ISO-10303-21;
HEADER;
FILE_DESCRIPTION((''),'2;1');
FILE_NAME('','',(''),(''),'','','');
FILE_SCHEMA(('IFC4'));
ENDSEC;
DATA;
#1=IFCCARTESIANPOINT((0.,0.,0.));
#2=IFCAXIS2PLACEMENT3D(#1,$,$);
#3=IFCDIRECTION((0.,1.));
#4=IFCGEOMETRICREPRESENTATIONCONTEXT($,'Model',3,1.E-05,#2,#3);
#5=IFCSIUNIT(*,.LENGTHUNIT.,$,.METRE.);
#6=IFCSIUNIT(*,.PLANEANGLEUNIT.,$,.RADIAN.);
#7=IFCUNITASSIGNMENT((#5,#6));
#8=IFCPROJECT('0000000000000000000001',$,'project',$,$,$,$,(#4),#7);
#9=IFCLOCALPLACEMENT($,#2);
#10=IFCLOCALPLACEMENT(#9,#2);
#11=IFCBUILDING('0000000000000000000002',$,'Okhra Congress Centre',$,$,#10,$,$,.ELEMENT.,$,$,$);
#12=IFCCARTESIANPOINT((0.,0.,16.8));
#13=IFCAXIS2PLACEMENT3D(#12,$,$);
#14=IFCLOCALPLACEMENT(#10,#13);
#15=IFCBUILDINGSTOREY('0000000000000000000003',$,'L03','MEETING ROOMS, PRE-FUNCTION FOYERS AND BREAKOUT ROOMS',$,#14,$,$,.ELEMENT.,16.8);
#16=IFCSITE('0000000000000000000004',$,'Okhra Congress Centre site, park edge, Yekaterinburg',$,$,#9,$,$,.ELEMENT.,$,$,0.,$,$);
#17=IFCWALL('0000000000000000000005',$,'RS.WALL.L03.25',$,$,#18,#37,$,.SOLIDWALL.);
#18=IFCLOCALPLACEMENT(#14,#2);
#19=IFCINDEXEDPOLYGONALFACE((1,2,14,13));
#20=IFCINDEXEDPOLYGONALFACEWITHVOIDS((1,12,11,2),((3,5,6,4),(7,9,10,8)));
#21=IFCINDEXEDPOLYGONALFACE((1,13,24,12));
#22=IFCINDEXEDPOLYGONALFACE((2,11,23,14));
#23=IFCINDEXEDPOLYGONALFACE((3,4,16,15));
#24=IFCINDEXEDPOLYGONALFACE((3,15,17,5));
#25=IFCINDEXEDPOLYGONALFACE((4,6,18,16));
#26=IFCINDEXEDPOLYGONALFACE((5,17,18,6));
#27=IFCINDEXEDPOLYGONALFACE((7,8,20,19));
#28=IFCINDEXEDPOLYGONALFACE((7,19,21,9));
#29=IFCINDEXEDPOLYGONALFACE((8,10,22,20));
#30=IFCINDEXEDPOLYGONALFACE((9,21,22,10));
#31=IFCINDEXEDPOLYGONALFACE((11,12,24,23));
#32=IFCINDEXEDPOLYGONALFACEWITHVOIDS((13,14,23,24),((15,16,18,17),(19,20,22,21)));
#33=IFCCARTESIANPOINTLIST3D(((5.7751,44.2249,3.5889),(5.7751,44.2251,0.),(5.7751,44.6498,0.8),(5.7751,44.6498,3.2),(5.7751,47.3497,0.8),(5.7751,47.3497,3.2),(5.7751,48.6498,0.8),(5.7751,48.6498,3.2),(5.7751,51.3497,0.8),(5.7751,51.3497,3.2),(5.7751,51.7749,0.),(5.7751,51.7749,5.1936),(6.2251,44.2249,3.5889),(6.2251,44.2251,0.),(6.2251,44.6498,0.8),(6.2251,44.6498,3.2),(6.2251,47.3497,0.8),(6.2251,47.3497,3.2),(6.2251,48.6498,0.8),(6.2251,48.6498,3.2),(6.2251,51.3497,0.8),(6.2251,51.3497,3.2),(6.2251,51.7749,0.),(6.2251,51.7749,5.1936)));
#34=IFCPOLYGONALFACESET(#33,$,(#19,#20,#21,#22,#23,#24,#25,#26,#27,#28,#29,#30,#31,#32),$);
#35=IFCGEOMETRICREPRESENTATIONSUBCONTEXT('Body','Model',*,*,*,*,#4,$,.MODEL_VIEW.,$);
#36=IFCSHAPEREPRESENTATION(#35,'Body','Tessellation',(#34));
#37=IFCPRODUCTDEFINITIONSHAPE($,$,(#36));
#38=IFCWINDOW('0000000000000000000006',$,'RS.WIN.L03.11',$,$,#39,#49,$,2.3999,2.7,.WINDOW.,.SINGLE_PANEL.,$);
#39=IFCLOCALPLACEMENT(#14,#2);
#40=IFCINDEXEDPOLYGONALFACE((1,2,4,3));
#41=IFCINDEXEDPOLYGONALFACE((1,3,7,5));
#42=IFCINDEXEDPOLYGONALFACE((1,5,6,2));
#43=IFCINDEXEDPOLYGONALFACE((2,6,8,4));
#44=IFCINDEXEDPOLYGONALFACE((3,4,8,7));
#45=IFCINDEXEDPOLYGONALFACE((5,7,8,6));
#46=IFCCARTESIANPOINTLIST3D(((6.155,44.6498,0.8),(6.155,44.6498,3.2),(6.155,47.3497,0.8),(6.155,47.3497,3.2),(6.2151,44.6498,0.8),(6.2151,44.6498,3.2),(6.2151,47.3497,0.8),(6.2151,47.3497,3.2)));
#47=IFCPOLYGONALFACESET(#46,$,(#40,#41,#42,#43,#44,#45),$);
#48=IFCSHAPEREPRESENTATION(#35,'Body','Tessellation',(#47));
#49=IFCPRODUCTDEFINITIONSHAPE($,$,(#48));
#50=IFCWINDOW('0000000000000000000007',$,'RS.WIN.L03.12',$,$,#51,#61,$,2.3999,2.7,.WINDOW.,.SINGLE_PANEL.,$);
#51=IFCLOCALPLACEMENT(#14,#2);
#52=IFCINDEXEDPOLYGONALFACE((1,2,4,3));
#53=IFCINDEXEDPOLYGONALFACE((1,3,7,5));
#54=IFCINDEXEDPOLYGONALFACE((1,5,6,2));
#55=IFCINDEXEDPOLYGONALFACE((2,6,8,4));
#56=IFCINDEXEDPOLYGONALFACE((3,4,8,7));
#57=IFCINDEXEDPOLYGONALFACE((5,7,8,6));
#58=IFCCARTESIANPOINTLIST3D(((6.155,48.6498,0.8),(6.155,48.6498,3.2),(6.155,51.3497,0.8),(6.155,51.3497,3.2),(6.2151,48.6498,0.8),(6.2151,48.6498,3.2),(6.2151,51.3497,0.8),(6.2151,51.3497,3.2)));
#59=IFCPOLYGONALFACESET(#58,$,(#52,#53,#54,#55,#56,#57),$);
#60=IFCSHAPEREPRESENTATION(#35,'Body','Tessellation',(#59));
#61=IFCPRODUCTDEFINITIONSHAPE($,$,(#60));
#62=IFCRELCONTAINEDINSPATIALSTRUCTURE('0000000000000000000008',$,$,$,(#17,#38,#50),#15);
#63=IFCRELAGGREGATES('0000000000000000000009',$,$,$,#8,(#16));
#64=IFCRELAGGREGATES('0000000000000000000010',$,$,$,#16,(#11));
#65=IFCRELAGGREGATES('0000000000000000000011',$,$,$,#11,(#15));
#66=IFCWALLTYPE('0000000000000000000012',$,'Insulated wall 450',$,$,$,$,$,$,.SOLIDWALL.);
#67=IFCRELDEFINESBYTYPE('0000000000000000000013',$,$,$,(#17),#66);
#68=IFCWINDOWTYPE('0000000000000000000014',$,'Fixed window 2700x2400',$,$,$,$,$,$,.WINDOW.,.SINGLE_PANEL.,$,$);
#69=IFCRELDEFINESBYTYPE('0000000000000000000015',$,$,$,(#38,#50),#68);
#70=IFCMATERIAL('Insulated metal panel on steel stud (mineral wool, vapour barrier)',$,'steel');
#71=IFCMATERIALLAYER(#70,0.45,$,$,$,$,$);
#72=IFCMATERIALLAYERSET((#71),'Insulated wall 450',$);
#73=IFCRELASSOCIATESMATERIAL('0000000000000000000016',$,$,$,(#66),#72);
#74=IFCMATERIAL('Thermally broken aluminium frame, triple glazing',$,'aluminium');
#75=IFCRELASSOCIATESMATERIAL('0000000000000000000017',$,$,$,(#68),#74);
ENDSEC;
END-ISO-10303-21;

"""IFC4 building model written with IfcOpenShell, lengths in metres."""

from ifc_helpers import new_model, si_unit, direction, frame, frame_2d, origin, place, context, subcontext, project, spatial, polyline, rectangle, outline, extrude, material, layer, layer_set, type_object, element, fill, save


model = new_model("IFC4")

# Units and contexts
model_context = context("Model", 3, precision=1e-05, world=origin(), true_north=direction((0.0, 1.0)))
body_context = subcontext(model_context, "Body", "Model", "MODEL_VIEW")
ifc_project = project(units=[si_unit("LENGTHUNIT", "METRE"), si_unit("PLANEANGLEUNIT", "RADIAN")], contexts=[model_context])

# Site, building, storey
site_placement = place(None, origin())
site = spatial("IfcSite", under=ifc_project, at=site_placement, Name="Okhra Congress Centre site, park edge, Yekaterinburg", CompositionType="ELEMENT", RefElevation=0.0)
building_placement = place(site_placement, origin())
building = spatial("IfcBuilding", under=site, at=building_placement, Name="Okhra Congress Centre", CompositionType="ELEMENT")
storey_placement = place(building_placement, frame((0.0, 0.0, 16.8)))
storey = spatial("IfcBuildingStorey", under=building, at=storey_placement, Name="L03", Description="MEETING ROOMS, PRE-FUNCTION FOYERS AND BREAKOUT ROOMS", CompositionType="ELEMENT", Elevation=16.8)

# Wall, openings, windows
ifc_material_1 = material(Name="Insulated metal panel on steel stud (mineral wool, vapour barrier)", Category="steel")
ifc_layer_1 = layer(ifc_material_1, 0.45)
ifc_layer_set_1 = layer_set([ifc_layer_1], Name="Insulated wall 450")
wall_type = type_object("IfcWallType", Name="Insulated wall 450", PredefinedType="SOLIDWALL", material=ifc_layer_set_1)
wall_placement = place(storey_placement, frame((6.0, 51.7749, 0.0), z_axis=(0.0, 0.0, 1.0), x_axis=(0.0, -1.0, 0.0)))
wall = element("IfcWall", 1, at=wall_placement, inside=storey, type_object=wall_type, Name="RS.WALL.L03.25", PredefinedType="SOLIDWALL", context=body_context, shape_type="SweptSolid", body=[
    extrude(outline(polyline([(0.0, 0.0), (7.5498, 0.0), (7.55, 3.5889), (0.0, 5.1936), (0.0, 0.0)])), frame((0.0, 0.2251, 0.0), z_axis=(0.0, -1.0, 0.0), x_axis=(1.0, 0.0, 0.0)), (0.0, 0.0, 1.0), 0.45),
])
opening_1_placement = place(wall_placement, frame((4.425, 0.0, 0.8)))
opening_1 = element("IfcOpeningElement", 2, at=opening_1_placement, cuts=wall, PredefinedType="OPENING", context=body_context, shape_type="SweptSolid", body=[
    extrude(rectangle(XDim=2.7, YDim=2.3999, at=frame_2d((1.3501, 1.2))), frame((0.0, 0.2349, 0.0), z_axis=(0.0, -1.0, 0.0), x_axis=(1.0, 0.0, 0.0)), (0.0, 0.0, 1.0), 0.47),
])
opening_2_placement = place(wall_placement, frame((0.425, 0.0, 0.8)))
opening_2 = element("IfcOpeningElement", 3, at=opening_2_placement, cuts=wall, PredefinedType="OPENING", context=body_context, shape_type="SweptSolid", body=[
    extrude(rectangle(XDim=2.7, YDim=2.3999, at=frame_2d((1.3501, 1.2))), frame((0.0, 0.2349, 0.0), z_axis=(0.0, -1.0, 0.0), x_axis=(1.0, 0.0, 0.0)), (0.0, 0.0, 1.0), 0.47),
])
ifc_material_2 = material(Name="Thermally broken aluminium frame, triple glazing", Category="aluminium")
window_type = type_object("IfcWindowType", Name="Fixed window 2700x2400", PartitioningType="SINGLE_PANEL", PredefinedType="WINDOW", material=ifc_material_2)
window_1_placement = place(opening_1_placement, origin())
window_1 = element("IfcWindow", 4, at=window_1_placement, inside=storey, type_object=window_type, Name="RS.WIN.L03.11", OverallHeight=2.3999, OverallWidth=2.7, PartitioningType="SINGLE_PANEL", PredefinedType="WINDOW", context=body_context, shape_type="SweptSolid", body=[
    extrude(rectangle(XDim=2.7, YDim=2.3999, at=frame_2d((1.3501, 1.2))), frame((0.0, 0.2151, 0.0), z_axis=(0.0, -1.0, 0.0), x_axis=(1.0, 0.0, 0.0)), (0.0, 0.0, 1.0), 0.0601),
])
fill(opening_1, window_1)
window_2_placement = place(opening_2_placement, origin())
window_2 = element("IfcWindow", 5, at=window_2_placement, inside=storey, type_object=window_type, Name="RS.WIN.L03.12", OverallHeight=2.3999, OverallWidth=2.7, PartitioningType="SINGLE_PANEL", PredefinedType="WINDOW", context=body_context, shape_type="SweptSolid", body=[
    extrude(rectangle(XDim=2.7, YDim=2.3999, at=frame_2d((1.3501, 1.2))), frame((0.0, 0.2151, 0.0), z_axis=(0.0, -1.0, 0.0), x_axis=(1.0, 0.0, 0.0)), (0.0, 0.0, 1.0), 0.0601),
])
fill(opening_2, window_2)

save(model, "model.ifc")
